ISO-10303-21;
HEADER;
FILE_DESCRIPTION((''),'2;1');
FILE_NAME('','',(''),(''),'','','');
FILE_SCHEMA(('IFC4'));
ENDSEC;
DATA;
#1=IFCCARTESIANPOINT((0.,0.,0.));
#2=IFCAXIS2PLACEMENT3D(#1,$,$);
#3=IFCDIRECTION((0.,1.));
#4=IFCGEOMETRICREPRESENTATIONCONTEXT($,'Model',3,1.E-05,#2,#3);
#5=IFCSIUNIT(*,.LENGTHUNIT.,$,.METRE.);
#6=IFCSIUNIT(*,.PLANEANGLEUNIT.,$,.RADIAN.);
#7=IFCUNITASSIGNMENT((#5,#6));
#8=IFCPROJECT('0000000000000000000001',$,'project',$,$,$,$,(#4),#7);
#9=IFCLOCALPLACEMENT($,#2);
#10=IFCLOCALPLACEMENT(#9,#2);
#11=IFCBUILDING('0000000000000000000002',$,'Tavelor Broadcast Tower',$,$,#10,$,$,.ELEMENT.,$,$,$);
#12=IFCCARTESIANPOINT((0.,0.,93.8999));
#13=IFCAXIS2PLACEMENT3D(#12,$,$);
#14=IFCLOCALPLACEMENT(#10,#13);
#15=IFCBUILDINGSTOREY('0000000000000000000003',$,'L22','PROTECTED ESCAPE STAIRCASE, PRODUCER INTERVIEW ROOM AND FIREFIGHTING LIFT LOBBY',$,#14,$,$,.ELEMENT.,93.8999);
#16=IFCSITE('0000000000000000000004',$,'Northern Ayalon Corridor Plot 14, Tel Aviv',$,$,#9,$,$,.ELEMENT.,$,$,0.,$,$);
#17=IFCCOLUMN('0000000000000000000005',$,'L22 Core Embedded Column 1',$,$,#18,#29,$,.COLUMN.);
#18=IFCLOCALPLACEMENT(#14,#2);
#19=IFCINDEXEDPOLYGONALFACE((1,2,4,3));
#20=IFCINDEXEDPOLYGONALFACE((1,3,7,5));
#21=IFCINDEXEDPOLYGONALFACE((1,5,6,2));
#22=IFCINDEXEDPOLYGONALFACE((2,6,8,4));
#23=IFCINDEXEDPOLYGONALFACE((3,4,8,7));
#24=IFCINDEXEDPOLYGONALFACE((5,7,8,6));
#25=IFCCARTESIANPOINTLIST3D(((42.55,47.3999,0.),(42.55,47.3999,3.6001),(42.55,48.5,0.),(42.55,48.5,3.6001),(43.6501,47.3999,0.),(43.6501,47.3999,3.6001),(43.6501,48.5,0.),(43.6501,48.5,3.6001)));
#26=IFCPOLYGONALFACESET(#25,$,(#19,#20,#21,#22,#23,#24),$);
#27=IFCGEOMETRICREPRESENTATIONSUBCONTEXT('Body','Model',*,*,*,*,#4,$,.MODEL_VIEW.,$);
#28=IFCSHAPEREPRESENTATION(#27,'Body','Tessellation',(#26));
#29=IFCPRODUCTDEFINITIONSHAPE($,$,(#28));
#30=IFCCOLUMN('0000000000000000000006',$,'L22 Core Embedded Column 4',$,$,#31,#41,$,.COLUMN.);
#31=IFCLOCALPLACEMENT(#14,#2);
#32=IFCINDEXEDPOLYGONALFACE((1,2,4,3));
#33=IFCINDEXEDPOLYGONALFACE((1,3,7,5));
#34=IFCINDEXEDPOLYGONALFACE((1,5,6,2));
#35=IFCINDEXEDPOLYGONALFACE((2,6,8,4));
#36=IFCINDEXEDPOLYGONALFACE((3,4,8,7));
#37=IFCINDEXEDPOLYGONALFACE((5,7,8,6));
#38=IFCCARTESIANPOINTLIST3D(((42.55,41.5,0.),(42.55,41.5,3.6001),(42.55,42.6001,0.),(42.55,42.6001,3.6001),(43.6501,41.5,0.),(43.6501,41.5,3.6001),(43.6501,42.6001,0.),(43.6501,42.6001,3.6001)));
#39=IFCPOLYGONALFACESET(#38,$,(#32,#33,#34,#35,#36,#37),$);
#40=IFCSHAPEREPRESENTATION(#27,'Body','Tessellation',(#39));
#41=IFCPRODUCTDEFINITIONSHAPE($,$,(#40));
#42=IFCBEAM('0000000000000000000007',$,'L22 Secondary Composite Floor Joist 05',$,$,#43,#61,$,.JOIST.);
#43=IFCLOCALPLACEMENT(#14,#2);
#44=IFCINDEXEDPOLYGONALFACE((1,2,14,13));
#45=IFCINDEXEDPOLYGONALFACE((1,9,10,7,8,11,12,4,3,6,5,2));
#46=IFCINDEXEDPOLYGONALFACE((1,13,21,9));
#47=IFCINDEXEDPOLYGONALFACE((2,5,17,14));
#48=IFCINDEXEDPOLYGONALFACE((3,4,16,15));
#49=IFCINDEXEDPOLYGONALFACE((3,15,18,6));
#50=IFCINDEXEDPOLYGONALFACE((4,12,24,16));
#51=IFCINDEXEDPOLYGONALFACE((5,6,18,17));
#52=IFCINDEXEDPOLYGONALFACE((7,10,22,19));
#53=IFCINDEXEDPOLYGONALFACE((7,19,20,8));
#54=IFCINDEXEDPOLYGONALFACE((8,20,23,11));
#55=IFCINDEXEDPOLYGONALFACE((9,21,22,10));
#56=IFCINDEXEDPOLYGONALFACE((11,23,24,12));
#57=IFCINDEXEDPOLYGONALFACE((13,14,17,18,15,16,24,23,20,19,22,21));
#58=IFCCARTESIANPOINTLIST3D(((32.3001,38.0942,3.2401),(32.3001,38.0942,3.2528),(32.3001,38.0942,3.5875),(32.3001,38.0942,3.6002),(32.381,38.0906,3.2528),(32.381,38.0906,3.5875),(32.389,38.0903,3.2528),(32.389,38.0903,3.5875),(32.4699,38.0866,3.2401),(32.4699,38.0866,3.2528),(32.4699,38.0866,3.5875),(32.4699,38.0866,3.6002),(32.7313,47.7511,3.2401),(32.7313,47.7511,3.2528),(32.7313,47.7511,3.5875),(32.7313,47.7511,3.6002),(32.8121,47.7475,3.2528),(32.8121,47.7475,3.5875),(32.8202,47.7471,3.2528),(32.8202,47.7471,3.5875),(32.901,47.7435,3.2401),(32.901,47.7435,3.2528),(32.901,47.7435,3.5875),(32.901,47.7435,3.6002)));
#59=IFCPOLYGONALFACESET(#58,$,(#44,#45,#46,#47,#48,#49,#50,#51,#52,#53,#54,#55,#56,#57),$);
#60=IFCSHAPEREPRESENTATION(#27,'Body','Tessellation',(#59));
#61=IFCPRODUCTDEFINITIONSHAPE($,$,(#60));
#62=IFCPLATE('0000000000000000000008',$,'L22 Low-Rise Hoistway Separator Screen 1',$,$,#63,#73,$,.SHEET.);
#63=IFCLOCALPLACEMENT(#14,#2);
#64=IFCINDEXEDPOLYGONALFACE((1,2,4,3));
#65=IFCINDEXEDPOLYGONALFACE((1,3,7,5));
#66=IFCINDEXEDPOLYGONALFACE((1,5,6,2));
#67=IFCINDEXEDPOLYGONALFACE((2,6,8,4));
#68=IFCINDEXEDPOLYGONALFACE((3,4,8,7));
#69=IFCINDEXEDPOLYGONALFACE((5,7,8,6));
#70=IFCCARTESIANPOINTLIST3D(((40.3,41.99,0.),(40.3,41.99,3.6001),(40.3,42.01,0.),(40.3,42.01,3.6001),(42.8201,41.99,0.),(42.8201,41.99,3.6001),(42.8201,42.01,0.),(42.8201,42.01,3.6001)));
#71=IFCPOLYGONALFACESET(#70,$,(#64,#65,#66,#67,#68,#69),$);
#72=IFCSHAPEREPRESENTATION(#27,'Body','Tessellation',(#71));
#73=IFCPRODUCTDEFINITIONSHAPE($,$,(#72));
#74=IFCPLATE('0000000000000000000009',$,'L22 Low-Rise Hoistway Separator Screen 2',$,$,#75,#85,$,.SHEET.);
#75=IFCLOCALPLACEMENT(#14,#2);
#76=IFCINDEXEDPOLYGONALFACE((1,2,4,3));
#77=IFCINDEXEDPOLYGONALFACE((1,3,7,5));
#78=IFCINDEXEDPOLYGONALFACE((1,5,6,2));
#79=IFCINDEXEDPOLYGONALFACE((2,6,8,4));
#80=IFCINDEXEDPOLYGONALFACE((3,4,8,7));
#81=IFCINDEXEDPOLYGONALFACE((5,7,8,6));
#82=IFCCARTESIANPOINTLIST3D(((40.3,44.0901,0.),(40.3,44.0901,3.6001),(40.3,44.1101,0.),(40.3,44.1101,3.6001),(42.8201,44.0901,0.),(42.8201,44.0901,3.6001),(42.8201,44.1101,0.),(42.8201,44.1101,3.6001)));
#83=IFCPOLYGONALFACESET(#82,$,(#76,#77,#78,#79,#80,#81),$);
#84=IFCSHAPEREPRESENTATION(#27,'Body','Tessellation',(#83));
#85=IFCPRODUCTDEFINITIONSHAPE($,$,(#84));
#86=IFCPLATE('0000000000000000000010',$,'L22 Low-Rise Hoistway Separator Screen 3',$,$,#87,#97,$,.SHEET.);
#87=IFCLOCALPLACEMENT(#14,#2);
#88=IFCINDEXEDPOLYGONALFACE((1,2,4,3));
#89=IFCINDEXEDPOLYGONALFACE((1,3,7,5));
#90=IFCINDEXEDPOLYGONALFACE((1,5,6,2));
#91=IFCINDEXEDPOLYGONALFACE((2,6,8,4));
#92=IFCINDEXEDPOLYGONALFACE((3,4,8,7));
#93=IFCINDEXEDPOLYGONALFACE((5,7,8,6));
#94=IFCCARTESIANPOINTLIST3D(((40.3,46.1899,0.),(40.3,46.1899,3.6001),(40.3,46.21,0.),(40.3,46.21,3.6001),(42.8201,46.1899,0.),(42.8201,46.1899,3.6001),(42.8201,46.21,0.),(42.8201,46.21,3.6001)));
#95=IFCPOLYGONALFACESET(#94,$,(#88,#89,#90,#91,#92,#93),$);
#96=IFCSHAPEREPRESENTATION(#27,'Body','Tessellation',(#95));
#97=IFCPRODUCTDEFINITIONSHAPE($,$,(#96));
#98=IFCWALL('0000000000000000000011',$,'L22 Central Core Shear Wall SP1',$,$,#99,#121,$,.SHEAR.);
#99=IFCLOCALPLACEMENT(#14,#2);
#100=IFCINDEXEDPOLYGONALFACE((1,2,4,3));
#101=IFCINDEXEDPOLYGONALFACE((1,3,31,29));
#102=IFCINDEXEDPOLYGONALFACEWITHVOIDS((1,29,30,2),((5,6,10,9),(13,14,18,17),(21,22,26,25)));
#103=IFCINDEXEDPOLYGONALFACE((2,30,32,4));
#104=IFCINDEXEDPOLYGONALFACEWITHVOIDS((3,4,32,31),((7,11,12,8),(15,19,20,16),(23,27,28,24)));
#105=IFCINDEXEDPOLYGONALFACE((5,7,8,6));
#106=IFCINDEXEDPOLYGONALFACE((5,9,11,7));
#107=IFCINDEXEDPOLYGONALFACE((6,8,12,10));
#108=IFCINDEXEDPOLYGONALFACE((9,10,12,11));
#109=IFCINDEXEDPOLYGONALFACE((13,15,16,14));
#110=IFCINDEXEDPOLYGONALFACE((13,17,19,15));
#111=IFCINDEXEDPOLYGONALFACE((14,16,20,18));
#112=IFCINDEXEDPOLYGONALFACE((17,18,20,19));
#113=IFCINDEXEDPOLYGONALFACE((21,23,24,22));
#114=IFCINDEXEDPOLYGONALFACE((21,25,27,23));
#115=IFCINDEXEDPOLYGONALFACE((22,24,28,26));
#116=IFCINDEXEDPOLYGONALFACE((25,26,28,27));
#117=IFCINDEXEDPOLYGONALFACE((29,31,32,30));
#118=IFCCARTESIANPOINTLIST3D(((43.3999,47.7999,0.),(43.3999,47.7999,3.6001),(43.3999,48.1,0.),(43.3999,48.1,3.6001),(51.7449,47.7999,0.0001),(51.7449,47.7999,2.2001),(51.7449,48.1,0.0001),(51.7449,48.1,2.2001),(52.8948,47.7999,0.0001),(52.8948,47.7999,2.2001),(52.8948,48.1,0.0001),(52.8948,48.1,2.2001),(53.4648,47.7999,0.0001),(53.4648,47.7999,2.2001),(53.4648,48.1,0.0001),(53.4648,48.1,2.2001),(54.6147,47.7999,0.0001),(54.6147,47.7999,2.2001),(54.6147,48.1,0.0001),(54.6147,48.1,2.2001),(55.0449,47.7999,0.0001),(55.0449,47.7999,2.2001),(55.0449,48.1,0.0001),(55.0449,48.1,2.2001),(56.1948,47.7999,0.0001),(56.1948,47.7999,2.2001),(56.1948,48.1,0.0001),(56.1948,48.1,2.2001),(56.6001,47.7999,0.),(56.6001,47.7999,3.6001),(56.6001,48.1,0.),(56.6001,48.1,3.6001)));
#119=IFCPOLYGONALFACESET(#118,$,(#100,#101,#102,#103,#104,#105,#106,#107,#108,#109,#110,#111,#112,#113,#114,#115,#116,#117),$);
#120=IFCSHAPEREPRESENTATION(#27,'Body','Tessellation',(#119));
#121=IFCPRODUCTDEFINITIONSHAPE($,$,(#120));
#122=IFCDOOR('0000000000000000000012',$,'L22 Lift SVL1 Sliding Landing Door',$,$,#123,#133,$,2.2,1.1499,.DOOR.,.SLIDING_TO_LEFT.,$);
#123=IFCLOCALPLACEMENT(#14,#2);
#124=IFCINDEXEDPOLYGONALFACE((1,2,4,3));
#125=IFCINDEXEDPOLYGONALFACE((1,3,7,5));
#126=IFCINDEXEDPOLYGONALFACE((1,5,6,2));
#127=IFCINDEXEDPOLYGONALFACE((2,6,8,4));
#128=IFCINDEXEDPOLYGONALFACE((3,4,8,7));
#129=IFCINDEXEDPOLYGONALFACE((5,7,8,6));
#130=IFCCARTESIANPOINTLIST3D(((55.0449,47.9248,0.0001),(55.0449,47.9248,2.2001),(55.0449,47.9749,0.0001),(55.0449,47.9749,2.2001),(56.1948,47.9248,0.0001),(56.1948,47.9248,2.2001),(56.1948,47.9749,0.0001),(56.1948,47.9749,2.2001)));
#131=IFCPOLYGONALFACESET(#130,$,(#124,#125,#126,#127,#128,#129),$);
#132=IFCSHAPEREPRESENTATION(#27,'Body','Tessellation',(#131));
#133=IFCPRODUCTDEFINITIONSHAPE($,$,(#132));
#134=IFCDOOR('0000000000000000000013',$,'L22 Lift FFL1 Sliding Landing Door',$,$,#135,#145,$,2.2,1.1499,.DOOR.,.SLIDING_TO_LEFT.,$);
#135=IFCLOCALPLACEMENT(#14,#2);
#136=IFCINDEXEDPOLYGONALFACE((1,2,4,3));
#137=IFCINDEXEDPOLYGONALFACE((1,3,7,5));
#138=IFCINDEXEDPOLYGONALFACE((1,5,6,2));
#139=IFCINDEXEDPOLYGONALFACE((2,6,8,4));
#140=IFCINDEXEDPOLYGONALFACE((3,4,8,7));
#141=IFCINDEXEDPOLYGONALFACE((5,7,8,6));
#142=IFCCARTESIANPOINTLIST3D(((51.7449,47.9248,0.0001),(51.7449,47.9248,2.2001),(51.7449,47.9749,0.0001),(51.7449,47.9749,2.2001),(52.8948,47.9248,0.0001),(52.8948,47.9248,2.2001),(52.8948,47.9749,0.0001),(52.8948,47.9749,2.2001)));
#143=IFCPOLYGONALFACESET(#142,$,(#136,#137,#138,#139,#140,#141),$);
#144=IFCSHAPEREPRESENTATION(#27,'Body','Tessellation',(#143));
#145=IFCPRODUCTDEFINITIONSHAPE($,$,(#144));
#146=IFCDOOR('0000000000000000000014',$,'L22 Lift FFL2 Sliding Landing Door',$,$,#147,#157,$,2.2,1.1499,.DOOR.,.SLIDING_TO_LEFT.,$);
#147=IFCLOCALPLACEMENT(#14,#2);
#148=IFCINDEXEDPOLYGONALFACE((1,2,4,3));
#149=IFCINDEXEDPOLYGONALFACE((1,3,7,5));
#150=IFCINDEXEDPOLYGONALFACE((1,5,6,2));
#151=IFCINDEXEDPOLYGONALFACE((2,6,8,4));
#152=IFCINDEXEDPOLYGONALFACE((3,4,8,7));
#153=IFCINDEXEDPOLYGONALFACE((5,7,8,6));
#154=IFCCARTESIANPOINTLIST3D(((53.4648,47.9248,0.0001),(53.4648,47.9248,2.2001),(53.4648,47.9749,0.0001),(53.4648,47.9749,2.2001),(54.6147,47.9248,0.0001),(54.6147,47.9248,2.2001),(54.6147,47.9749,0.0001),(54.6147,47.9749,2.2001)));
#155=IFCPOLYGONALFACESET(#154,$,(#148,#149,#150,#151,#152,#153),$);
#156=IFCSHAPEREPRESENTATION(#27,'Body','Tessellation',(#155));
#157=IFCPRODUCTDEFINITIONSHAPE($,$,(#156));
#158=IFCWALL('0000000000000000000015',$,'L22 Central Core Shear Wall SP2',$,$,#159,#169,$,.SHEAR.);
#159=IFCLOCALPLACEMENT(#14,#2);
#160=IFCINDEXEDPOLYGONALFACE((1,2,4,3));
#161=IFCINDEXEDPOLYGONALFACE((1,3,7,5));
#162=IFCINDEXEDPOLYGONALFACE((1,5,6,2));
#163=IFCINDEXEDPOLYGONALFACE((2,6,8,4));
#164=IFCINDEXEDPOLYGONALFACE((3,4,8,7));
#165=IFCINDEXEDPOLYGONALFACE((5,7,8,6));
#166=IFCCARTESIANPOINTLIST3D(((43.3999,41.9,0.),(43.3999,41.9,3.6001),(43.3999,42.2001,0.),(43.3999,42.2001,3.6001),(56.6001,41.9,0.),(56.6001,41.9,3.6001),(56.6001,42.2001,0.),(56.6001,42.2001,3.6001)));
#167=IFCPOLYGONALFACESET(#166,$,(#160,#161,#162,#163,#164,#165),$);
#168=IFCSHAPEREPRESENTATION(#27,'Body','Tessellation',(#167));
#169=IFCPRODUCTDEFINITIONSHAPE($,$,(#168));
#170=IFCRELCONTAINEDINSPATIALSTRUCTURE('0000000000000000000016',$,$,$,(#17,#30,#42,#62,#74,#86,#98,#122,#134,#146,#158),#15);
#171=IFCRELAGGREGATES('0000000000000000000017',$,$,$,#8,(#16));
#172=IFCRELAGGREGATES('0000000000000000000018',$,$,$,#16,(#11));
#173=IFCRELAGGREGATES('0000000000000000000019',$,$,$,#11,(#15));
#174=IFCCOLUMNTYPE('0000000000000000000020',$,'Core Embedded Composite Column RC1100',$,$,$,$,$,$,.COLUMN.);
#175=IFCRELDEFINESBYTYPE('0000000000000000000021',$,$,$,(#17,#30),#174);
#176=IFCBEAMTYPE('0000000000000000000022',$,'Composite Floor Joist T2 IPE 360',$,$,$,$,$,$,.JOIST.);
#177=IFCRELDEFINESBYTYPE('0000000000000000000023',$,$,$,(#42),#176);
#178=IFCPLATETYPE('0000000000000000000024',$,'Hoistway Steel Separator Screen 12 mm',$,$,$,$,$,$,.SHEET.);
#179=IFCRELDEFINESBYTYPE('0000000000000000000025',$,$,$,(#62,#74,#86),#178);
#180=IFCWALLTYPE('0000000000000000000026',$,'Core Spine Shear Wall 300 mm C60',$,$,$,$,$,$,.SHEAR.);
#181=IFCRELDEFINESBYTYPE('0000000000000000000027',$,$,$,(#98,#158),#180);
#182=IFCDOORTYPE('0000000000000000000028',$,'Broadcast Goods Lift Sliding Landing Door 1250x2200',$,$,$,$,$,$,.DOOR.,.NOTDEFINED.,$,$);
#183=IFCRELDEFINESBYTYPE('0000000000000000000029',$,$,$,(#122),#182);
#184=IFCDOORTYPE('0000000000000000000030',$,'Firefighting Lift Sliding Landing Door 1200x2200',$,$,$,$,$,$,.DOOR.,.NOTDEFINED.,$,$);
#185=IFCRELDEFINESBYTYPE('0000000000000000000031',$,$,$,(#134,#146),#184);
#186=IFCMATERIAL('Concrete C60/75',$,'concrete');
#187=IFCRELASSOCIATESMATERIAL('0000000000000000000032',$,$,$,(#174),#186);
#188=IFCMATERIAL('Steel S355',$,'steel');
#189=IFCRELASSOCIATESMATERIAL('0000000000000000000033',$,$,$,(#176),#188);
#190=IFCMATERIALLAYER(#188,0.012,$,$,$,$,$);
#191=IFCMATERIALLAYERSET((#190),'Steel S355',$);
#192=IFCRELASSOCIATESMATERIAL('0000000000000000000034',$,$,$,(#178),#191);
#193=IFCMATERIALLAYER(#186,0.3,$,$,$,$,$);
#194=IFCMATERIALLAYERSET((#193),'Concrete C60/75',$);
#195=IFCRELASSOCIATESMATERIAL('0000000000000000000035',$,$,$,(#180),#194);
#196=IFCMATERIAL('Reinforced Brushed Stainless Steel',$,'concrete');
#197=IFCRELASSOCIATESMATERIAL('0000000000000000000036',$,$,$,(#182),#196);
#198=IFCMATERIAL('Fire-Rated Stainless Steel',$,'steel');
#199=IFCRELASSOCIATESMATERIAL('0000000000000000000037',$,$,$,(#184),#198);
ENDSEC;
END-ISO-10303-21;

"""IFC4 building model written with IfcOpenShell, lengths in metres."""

from ifc_helpers import new_model, si_unit, direction, frame, frame_2d, origin, origin_2d, place, context, subcontext, project, spatial, rectangle, i_section, extrude, source, transform, mapped, material, layer, layer_set, material_profile, profile_set, type_object, type_shapes, element, fill, save


model = new_model("IFC4")

# Units and contexts
model_context = context("Model", 3, precision=1e-05, world=origin(), true_north=direction((0.0, 1.0)))
body_context = subcontext(model_context, "Body", "Model", "MODEL_VIEW")
ifc_project = project(units=[si_unit("LENGTHUNIT", "METRE"), si_unit("PLANEANGLEUNIT", "RADIAN")], contexts=[model_context])

# Site, building, storey
site_placement = place(None, origin())
site = spatial("IfcSite", under=ifc_project, at=site_placement, Name="Northern Ayalon Corridor Plot 14, Tel Aviv", CompositionType="ELEMENT", RefElevation=0.0)
building_placement = place(site_placement, origin())
building = spatial("IfcBuilding", under=site, at=building_placement, Name="Tavelor Broadcast Tower", CompositionType="ELEMENT")
storey_placement = place(building_placement, frame((0.0, 0.0, 93.8999)))
storey = spatial("IfcBuildingStorey", under=building, at=storey_placement, Name="L22", Description="PROTECTED ESCAPE STAIRCASE, PRODUCER INTERVIEW ROOM AND FIREFIGHTING LIFT LOBBY", CompositionType="ELEMENT", Elevation=93.8999)

# Columns
ifc_material_1 = material(Name="Concrete C60/75", Category="concrete")
ifc_material_profile_1 = material_profile(ifc_material_1, rectangle(XDim=1.1001, YDim=1.1001, at=origin_2d()), Name="RC 1100x1100")
ifc_profile_set_1 = profile_set([ifc_material_profile_1], Name="Concrete C60/75")
column_type = type_object("IfcColumnType", Name="Core Embedded Composite Column RC1100", PredefinedType="COLUMN", material=ifc_profile_set_1)
for number, where, z_axis, x_axis, name in (
    (1, (43.1001, 47.95, 0.0), (0.0, 0.0, 1.0), (1.0, 0.0, 0.0), "L22 Core Embedded Column 1"),
    (2, (43.1001, 42.05, 0.0), (0.0, 0.0, 1.0), (1.0, 0.0, 0.0), "L22 Core Embedded Column 4"),
):
    element("IfcColumn", number, at=place(storey_placement, frame(where, z_axis=z_axis, x_axis=x_axis)), inside=storey, type_object=column_type, Name=name, PredefinedType="COLUMN", context=body_context, shape_type="SweptSolid", body=[
        extrude(rectangle(XDim=1.1001, YDim=1.1001, at=origin_2d()), origin(), (0.0, 0.0, 1.0), 3.6001),
    ])

# Beam
ifc_material_2 = material(Name="Steel S355", Category="steel")
ifc_material_profile_2 = material_profile(ifc_material_2, i_section(OverallWidth=0.1699, OverallDepth=0.3601, WebThickness=0.0081, FlangeThickness=0.0127, at=origin_2d()), Name="IPE 360")
ifc_profile_set_2 = profile_set([ifc_material_profile_2], Name="Steel S355")
beam_type = type_object("IfcBeamType", Name="Composite Floor Joist T2 IPE 360", PredefinedType="JOIST", material=ifc_profile_set_2)
beam_placement = place(storey_placement, frame((32.8162, 47.7473, 3.4202), z_axis=(-0.044602, -0.999005, 0.0), x_axis=(0.999005, -0.044602, 0.0)))
element("IfcBeam", 3, at=beam_placement, inside=storey, type_object=beam_type, Name="L22 Secondary Composite Floor Joist 05", PredefinedType="JOIST", context=body_context, shape_type="SweptSolid", body=[
    extrude(i_section(OverallWidth=0.1699, OverallDepth=0.3601, WebThickness=0.0081, FlangeThickness=0.0127, at=origin_2d()), origin(), (0.0, 0.0, 1.0), 9.6665),
])

# Plates
ifc_layer_1 = layer(ifc_material_2, 0.012)
ifc_layer_set_1 = layer_set([ifc_layer_1], Name="Steel S355")
plate_type = type_object("IfcPlateType", Name="Hoistway Steel Separator Screen 12 mm", PredefinedType="SHEET", material=ifc_layer_set_1)
shared_shape = source(origin(), body_context, "Body", "SweptSolid", [
    extrude(rectangle(XDim=2.52, YDim=0.02, at=origin_2d()), origin(), (0.0, 0.0, 1.0), 3.6001),
])
type_shapes(plate_type, [shared_shape])
for number, where, z_axis, x_axis, name in (
    (4, (41.5601, 42.0, 0.0), (0.0, 0.0, 1.0), (1.0, 0.0, 0.0), "L22 Low-Rise Hoistway Separator Screen 1"),
    (5, (41.5601, 44.1001, 0.0), (0.0, 0.0, 1.0), (1.0, 0.0, 0.0), "L22 Low-Rise Hoistway Separator Screen 2"),
    (6, (41.5601, 46.2, 0.0), (0.0, 0.0, 1.0), (1.0, 0.0, 0.0), "L22 Low-Rise Hoistway Separator Screen 3"),
):
    element("IfcPlate", number, at=place(storey_placement, frame(where, z_axis=z_axis, x_axis=x_axis)), inside=storey, type_object=plate_type, Name=name, PredefinedType="SHEET", context=body_context, shape_type="MappedRepresentation", body=[
        mapped(shared_shape, transform((0.0, 0.0, 0.0), scale=1.0)),
    ])

# Wall, openings, doors
ifc_layer_2 = layer(ifc_material_1, 0.3)
ifc_layer_set_2 = layer_set([ifc_layer_2], Name="Concrete C60/75")
wall_type_1 = type_object("IfcWallType", Name="Core Spine Shear Wall 300 mm C60", PredefinedType="SHEAR", material=ifc_layer_set_2)
wall_1_placement = place(storey_placement, frame((43.3999, 47.95, 0.0), z_axis=(0.0, 0.0, 1.0), x_axis=(1.0, 0.0, 0.0)))
wall_1 = element("IfcWall", 7, at=wall_1_placement, inside=storey, type_object=wall_type_1, Name="L22 Central Core Shear Wall SP1", PredefinedType="SHEAR", context=body_context, shape_type="SweptSolid", body=[
    extrude(rectangle(XDim=13.2002, YDim=0.3, at=frame_2d((6.6001, 0.0))), origin(), (0.0, 0.0, 1.0), 3.6001),
])
opening_1_placement = place(wall_1_placement, frame((8.345, 0.0, 0.0)))
opening_1 = element("IfcOpeningElement", 8, at=opening_1_placement, cuts=wall_1, PredefinedType="OPENING", context=body_context, shape_type="SweptSolid", body=[
    extrude(rectangle(XDim=1.1499, YDim=2.2, at=frame_2d((0.575, 1.1001))), frame((0.0, 0.1602, 0.0), z_axis=(0.0, -1.0, 0.0), x_axis=(1.0, 0.0, 0.0)), (0.0, 0.0, 1.0), 0.3201),
])
opening_2_placement = place(wall_1_placement, frame((10.0649, 0.0, 0.0)))
opening_2 = element("IfcOpeningElement", 9, at=opening_2_placement, cuts=wall_1, PredefinedType="OPENING", context=body_context, shape_type="SweptSolid", body=[
    extrude(rectangle(XDim=1.1499, YDim=2.2, at=frame_2d((0.575, 1.1001))), frame((0.0, 0.1602, 0.0), z_axis=(0.0, -1.0, 0.0), x_axis=(1.0, 0.0, 0.0)), (0.0, 0.0, 1.0), 0.3201),
])
opening_3_placement = place(wall_1_placement, frame((11.645, 0.0, 0.0)))
opening_3 = element("IfcOpeningElement", 10, at=opening_3_placement, cuts=wall_1, PredefinedType="OPENING", context=body_context, shape_type="SweptSolid", body=[
    extrude(rectangle(XDim=1.1499, YDim=2.2, at=frame_2d((0.575, 1.1001))), frame((0.0, 0.1602, 0.0), z_axis=(0.0, -1.0, 0.0), x_axis=(1.0, 0.0, 0.0)), (0.0, 0.0, 1.0), 0.3201),
])
ifc_material_3 = material(Name="Reinforced Brushed Stainless Steel", Category="concrete")
door_type_1 = type_object("IfcDoorType", Name="Broadcast Goods Lift Sliding Landing Door 1250x2200", OperationType="NOTDEFINED", PredefinedType="DOOR", material=ifc_material_3)
door_1_placement = place(opening_3_placement, origin())
door_1 = element("IfcDoor", 11, at=door_1_placement, inside=storey, type_object=door_type_1, Name="L22 Lift SVL1 Sliding Landing Door", OperationType="SLIDING_TO_LEFT", OverallHeight=2.2, OverallWidth=1.1499, PredefinedType="DOOR", context=body_context, shape_type="SweptSolid", body=[
    extrude(rectangle(XDim=1.1499, YDim=2.2, at=frame_2d((0.575, 1.1001))), frame((0.0, 0.0249, 0.0), z_axis=(0.0, -1.0, 0.0), x_axis=(1.0, 0.0, 0.0)), (0.0, 0.0, 1.0), 0.05),
])
fill(opening_3, door_1)
ifc_material_4 = material(Name="Fire-Rated Stainless Steel", Category="steel")
door_type_2 = type_object("IfcDoorType", Name="Firefighting Lift Sliding Landing Door 1200x2200", OperationType="NOTDEFINED", PredefinedType="DOOR", material=ifc_material_4)
door_2_placement = place(opening_1_placement, origin())
door_2 = element("IfcDoor", 12, at=door_2_placement, inside=storey, type_object=door_type_2, Name="L22 Lift FFL1 Sliding Landing Door", OperationType="SLIDING_TO_LEFT", OverallHeight=2.2, OverallWidth=1.1499, PredefinedType="DOOR", context=body_context, shape_type="SweptSolid", body=[
    extrude(rectangle(XDim=1.1499, YDim=2.2, at=frame_2d((0.575, 1.1001))), frame((0.0, 0.0249, 0.0), z_axis=(0.0, -1.0, 0.0), x_axis=(1.0, 0.0, 0.0)), (0.0, 0.0, 1.0), 0.05),
])
fill(opening_1, door_2)
door_3_placement = place(opening_2_placement, origin())
door_3 = element("IfcDoor", 13, at=door_3_placement, inside=storey, type_object=door_type_2, Name="L22 Lift FFL2 Sliding Landing Door", OperationType="SLIDING_TO_LEFT", OverallHeight=2.2, OverallWidth=1.1499, PredefinedType="DOOR", context=body_context, shape_type="SweptSolid", body=[
    extrude(rectangle(XDim=1.1499, YDim=2.2, at=frame_2d((0.575, 1.1001))), frame((0.0, 0.0249, 0.0), z_axis=(0.0, -1.0, 0.0), x_axis=(1.0, 0.0, 0.0)), (0.0, 0.0, 1.0), 0.05),
])
fill(opening_2, door_3)

# Wall
wall_2_placement = place(storey_placement, frame((43.3999, 42.05, 0.0), z_axis=(0.0, 0.0, 1.0), x_axis=(1.0, 0.0, 0.0)))
element("IfcWall", 14, at=wall_2_placement, inside=storey, type_object=wall_type_1, Name="L22 Central Core Shear Wall SP2", PredefinedType="SHEAR", context=body_context, shape_type="SweptSolid", body=[
    extrude(rectangle(XDim=13.2002, YDim=0.3, at=frame_2d((6.6001, 0.0))), origin(), (0.0, 0.0, 1.0), 3.6001),
])

save(model, "model.ifc")
